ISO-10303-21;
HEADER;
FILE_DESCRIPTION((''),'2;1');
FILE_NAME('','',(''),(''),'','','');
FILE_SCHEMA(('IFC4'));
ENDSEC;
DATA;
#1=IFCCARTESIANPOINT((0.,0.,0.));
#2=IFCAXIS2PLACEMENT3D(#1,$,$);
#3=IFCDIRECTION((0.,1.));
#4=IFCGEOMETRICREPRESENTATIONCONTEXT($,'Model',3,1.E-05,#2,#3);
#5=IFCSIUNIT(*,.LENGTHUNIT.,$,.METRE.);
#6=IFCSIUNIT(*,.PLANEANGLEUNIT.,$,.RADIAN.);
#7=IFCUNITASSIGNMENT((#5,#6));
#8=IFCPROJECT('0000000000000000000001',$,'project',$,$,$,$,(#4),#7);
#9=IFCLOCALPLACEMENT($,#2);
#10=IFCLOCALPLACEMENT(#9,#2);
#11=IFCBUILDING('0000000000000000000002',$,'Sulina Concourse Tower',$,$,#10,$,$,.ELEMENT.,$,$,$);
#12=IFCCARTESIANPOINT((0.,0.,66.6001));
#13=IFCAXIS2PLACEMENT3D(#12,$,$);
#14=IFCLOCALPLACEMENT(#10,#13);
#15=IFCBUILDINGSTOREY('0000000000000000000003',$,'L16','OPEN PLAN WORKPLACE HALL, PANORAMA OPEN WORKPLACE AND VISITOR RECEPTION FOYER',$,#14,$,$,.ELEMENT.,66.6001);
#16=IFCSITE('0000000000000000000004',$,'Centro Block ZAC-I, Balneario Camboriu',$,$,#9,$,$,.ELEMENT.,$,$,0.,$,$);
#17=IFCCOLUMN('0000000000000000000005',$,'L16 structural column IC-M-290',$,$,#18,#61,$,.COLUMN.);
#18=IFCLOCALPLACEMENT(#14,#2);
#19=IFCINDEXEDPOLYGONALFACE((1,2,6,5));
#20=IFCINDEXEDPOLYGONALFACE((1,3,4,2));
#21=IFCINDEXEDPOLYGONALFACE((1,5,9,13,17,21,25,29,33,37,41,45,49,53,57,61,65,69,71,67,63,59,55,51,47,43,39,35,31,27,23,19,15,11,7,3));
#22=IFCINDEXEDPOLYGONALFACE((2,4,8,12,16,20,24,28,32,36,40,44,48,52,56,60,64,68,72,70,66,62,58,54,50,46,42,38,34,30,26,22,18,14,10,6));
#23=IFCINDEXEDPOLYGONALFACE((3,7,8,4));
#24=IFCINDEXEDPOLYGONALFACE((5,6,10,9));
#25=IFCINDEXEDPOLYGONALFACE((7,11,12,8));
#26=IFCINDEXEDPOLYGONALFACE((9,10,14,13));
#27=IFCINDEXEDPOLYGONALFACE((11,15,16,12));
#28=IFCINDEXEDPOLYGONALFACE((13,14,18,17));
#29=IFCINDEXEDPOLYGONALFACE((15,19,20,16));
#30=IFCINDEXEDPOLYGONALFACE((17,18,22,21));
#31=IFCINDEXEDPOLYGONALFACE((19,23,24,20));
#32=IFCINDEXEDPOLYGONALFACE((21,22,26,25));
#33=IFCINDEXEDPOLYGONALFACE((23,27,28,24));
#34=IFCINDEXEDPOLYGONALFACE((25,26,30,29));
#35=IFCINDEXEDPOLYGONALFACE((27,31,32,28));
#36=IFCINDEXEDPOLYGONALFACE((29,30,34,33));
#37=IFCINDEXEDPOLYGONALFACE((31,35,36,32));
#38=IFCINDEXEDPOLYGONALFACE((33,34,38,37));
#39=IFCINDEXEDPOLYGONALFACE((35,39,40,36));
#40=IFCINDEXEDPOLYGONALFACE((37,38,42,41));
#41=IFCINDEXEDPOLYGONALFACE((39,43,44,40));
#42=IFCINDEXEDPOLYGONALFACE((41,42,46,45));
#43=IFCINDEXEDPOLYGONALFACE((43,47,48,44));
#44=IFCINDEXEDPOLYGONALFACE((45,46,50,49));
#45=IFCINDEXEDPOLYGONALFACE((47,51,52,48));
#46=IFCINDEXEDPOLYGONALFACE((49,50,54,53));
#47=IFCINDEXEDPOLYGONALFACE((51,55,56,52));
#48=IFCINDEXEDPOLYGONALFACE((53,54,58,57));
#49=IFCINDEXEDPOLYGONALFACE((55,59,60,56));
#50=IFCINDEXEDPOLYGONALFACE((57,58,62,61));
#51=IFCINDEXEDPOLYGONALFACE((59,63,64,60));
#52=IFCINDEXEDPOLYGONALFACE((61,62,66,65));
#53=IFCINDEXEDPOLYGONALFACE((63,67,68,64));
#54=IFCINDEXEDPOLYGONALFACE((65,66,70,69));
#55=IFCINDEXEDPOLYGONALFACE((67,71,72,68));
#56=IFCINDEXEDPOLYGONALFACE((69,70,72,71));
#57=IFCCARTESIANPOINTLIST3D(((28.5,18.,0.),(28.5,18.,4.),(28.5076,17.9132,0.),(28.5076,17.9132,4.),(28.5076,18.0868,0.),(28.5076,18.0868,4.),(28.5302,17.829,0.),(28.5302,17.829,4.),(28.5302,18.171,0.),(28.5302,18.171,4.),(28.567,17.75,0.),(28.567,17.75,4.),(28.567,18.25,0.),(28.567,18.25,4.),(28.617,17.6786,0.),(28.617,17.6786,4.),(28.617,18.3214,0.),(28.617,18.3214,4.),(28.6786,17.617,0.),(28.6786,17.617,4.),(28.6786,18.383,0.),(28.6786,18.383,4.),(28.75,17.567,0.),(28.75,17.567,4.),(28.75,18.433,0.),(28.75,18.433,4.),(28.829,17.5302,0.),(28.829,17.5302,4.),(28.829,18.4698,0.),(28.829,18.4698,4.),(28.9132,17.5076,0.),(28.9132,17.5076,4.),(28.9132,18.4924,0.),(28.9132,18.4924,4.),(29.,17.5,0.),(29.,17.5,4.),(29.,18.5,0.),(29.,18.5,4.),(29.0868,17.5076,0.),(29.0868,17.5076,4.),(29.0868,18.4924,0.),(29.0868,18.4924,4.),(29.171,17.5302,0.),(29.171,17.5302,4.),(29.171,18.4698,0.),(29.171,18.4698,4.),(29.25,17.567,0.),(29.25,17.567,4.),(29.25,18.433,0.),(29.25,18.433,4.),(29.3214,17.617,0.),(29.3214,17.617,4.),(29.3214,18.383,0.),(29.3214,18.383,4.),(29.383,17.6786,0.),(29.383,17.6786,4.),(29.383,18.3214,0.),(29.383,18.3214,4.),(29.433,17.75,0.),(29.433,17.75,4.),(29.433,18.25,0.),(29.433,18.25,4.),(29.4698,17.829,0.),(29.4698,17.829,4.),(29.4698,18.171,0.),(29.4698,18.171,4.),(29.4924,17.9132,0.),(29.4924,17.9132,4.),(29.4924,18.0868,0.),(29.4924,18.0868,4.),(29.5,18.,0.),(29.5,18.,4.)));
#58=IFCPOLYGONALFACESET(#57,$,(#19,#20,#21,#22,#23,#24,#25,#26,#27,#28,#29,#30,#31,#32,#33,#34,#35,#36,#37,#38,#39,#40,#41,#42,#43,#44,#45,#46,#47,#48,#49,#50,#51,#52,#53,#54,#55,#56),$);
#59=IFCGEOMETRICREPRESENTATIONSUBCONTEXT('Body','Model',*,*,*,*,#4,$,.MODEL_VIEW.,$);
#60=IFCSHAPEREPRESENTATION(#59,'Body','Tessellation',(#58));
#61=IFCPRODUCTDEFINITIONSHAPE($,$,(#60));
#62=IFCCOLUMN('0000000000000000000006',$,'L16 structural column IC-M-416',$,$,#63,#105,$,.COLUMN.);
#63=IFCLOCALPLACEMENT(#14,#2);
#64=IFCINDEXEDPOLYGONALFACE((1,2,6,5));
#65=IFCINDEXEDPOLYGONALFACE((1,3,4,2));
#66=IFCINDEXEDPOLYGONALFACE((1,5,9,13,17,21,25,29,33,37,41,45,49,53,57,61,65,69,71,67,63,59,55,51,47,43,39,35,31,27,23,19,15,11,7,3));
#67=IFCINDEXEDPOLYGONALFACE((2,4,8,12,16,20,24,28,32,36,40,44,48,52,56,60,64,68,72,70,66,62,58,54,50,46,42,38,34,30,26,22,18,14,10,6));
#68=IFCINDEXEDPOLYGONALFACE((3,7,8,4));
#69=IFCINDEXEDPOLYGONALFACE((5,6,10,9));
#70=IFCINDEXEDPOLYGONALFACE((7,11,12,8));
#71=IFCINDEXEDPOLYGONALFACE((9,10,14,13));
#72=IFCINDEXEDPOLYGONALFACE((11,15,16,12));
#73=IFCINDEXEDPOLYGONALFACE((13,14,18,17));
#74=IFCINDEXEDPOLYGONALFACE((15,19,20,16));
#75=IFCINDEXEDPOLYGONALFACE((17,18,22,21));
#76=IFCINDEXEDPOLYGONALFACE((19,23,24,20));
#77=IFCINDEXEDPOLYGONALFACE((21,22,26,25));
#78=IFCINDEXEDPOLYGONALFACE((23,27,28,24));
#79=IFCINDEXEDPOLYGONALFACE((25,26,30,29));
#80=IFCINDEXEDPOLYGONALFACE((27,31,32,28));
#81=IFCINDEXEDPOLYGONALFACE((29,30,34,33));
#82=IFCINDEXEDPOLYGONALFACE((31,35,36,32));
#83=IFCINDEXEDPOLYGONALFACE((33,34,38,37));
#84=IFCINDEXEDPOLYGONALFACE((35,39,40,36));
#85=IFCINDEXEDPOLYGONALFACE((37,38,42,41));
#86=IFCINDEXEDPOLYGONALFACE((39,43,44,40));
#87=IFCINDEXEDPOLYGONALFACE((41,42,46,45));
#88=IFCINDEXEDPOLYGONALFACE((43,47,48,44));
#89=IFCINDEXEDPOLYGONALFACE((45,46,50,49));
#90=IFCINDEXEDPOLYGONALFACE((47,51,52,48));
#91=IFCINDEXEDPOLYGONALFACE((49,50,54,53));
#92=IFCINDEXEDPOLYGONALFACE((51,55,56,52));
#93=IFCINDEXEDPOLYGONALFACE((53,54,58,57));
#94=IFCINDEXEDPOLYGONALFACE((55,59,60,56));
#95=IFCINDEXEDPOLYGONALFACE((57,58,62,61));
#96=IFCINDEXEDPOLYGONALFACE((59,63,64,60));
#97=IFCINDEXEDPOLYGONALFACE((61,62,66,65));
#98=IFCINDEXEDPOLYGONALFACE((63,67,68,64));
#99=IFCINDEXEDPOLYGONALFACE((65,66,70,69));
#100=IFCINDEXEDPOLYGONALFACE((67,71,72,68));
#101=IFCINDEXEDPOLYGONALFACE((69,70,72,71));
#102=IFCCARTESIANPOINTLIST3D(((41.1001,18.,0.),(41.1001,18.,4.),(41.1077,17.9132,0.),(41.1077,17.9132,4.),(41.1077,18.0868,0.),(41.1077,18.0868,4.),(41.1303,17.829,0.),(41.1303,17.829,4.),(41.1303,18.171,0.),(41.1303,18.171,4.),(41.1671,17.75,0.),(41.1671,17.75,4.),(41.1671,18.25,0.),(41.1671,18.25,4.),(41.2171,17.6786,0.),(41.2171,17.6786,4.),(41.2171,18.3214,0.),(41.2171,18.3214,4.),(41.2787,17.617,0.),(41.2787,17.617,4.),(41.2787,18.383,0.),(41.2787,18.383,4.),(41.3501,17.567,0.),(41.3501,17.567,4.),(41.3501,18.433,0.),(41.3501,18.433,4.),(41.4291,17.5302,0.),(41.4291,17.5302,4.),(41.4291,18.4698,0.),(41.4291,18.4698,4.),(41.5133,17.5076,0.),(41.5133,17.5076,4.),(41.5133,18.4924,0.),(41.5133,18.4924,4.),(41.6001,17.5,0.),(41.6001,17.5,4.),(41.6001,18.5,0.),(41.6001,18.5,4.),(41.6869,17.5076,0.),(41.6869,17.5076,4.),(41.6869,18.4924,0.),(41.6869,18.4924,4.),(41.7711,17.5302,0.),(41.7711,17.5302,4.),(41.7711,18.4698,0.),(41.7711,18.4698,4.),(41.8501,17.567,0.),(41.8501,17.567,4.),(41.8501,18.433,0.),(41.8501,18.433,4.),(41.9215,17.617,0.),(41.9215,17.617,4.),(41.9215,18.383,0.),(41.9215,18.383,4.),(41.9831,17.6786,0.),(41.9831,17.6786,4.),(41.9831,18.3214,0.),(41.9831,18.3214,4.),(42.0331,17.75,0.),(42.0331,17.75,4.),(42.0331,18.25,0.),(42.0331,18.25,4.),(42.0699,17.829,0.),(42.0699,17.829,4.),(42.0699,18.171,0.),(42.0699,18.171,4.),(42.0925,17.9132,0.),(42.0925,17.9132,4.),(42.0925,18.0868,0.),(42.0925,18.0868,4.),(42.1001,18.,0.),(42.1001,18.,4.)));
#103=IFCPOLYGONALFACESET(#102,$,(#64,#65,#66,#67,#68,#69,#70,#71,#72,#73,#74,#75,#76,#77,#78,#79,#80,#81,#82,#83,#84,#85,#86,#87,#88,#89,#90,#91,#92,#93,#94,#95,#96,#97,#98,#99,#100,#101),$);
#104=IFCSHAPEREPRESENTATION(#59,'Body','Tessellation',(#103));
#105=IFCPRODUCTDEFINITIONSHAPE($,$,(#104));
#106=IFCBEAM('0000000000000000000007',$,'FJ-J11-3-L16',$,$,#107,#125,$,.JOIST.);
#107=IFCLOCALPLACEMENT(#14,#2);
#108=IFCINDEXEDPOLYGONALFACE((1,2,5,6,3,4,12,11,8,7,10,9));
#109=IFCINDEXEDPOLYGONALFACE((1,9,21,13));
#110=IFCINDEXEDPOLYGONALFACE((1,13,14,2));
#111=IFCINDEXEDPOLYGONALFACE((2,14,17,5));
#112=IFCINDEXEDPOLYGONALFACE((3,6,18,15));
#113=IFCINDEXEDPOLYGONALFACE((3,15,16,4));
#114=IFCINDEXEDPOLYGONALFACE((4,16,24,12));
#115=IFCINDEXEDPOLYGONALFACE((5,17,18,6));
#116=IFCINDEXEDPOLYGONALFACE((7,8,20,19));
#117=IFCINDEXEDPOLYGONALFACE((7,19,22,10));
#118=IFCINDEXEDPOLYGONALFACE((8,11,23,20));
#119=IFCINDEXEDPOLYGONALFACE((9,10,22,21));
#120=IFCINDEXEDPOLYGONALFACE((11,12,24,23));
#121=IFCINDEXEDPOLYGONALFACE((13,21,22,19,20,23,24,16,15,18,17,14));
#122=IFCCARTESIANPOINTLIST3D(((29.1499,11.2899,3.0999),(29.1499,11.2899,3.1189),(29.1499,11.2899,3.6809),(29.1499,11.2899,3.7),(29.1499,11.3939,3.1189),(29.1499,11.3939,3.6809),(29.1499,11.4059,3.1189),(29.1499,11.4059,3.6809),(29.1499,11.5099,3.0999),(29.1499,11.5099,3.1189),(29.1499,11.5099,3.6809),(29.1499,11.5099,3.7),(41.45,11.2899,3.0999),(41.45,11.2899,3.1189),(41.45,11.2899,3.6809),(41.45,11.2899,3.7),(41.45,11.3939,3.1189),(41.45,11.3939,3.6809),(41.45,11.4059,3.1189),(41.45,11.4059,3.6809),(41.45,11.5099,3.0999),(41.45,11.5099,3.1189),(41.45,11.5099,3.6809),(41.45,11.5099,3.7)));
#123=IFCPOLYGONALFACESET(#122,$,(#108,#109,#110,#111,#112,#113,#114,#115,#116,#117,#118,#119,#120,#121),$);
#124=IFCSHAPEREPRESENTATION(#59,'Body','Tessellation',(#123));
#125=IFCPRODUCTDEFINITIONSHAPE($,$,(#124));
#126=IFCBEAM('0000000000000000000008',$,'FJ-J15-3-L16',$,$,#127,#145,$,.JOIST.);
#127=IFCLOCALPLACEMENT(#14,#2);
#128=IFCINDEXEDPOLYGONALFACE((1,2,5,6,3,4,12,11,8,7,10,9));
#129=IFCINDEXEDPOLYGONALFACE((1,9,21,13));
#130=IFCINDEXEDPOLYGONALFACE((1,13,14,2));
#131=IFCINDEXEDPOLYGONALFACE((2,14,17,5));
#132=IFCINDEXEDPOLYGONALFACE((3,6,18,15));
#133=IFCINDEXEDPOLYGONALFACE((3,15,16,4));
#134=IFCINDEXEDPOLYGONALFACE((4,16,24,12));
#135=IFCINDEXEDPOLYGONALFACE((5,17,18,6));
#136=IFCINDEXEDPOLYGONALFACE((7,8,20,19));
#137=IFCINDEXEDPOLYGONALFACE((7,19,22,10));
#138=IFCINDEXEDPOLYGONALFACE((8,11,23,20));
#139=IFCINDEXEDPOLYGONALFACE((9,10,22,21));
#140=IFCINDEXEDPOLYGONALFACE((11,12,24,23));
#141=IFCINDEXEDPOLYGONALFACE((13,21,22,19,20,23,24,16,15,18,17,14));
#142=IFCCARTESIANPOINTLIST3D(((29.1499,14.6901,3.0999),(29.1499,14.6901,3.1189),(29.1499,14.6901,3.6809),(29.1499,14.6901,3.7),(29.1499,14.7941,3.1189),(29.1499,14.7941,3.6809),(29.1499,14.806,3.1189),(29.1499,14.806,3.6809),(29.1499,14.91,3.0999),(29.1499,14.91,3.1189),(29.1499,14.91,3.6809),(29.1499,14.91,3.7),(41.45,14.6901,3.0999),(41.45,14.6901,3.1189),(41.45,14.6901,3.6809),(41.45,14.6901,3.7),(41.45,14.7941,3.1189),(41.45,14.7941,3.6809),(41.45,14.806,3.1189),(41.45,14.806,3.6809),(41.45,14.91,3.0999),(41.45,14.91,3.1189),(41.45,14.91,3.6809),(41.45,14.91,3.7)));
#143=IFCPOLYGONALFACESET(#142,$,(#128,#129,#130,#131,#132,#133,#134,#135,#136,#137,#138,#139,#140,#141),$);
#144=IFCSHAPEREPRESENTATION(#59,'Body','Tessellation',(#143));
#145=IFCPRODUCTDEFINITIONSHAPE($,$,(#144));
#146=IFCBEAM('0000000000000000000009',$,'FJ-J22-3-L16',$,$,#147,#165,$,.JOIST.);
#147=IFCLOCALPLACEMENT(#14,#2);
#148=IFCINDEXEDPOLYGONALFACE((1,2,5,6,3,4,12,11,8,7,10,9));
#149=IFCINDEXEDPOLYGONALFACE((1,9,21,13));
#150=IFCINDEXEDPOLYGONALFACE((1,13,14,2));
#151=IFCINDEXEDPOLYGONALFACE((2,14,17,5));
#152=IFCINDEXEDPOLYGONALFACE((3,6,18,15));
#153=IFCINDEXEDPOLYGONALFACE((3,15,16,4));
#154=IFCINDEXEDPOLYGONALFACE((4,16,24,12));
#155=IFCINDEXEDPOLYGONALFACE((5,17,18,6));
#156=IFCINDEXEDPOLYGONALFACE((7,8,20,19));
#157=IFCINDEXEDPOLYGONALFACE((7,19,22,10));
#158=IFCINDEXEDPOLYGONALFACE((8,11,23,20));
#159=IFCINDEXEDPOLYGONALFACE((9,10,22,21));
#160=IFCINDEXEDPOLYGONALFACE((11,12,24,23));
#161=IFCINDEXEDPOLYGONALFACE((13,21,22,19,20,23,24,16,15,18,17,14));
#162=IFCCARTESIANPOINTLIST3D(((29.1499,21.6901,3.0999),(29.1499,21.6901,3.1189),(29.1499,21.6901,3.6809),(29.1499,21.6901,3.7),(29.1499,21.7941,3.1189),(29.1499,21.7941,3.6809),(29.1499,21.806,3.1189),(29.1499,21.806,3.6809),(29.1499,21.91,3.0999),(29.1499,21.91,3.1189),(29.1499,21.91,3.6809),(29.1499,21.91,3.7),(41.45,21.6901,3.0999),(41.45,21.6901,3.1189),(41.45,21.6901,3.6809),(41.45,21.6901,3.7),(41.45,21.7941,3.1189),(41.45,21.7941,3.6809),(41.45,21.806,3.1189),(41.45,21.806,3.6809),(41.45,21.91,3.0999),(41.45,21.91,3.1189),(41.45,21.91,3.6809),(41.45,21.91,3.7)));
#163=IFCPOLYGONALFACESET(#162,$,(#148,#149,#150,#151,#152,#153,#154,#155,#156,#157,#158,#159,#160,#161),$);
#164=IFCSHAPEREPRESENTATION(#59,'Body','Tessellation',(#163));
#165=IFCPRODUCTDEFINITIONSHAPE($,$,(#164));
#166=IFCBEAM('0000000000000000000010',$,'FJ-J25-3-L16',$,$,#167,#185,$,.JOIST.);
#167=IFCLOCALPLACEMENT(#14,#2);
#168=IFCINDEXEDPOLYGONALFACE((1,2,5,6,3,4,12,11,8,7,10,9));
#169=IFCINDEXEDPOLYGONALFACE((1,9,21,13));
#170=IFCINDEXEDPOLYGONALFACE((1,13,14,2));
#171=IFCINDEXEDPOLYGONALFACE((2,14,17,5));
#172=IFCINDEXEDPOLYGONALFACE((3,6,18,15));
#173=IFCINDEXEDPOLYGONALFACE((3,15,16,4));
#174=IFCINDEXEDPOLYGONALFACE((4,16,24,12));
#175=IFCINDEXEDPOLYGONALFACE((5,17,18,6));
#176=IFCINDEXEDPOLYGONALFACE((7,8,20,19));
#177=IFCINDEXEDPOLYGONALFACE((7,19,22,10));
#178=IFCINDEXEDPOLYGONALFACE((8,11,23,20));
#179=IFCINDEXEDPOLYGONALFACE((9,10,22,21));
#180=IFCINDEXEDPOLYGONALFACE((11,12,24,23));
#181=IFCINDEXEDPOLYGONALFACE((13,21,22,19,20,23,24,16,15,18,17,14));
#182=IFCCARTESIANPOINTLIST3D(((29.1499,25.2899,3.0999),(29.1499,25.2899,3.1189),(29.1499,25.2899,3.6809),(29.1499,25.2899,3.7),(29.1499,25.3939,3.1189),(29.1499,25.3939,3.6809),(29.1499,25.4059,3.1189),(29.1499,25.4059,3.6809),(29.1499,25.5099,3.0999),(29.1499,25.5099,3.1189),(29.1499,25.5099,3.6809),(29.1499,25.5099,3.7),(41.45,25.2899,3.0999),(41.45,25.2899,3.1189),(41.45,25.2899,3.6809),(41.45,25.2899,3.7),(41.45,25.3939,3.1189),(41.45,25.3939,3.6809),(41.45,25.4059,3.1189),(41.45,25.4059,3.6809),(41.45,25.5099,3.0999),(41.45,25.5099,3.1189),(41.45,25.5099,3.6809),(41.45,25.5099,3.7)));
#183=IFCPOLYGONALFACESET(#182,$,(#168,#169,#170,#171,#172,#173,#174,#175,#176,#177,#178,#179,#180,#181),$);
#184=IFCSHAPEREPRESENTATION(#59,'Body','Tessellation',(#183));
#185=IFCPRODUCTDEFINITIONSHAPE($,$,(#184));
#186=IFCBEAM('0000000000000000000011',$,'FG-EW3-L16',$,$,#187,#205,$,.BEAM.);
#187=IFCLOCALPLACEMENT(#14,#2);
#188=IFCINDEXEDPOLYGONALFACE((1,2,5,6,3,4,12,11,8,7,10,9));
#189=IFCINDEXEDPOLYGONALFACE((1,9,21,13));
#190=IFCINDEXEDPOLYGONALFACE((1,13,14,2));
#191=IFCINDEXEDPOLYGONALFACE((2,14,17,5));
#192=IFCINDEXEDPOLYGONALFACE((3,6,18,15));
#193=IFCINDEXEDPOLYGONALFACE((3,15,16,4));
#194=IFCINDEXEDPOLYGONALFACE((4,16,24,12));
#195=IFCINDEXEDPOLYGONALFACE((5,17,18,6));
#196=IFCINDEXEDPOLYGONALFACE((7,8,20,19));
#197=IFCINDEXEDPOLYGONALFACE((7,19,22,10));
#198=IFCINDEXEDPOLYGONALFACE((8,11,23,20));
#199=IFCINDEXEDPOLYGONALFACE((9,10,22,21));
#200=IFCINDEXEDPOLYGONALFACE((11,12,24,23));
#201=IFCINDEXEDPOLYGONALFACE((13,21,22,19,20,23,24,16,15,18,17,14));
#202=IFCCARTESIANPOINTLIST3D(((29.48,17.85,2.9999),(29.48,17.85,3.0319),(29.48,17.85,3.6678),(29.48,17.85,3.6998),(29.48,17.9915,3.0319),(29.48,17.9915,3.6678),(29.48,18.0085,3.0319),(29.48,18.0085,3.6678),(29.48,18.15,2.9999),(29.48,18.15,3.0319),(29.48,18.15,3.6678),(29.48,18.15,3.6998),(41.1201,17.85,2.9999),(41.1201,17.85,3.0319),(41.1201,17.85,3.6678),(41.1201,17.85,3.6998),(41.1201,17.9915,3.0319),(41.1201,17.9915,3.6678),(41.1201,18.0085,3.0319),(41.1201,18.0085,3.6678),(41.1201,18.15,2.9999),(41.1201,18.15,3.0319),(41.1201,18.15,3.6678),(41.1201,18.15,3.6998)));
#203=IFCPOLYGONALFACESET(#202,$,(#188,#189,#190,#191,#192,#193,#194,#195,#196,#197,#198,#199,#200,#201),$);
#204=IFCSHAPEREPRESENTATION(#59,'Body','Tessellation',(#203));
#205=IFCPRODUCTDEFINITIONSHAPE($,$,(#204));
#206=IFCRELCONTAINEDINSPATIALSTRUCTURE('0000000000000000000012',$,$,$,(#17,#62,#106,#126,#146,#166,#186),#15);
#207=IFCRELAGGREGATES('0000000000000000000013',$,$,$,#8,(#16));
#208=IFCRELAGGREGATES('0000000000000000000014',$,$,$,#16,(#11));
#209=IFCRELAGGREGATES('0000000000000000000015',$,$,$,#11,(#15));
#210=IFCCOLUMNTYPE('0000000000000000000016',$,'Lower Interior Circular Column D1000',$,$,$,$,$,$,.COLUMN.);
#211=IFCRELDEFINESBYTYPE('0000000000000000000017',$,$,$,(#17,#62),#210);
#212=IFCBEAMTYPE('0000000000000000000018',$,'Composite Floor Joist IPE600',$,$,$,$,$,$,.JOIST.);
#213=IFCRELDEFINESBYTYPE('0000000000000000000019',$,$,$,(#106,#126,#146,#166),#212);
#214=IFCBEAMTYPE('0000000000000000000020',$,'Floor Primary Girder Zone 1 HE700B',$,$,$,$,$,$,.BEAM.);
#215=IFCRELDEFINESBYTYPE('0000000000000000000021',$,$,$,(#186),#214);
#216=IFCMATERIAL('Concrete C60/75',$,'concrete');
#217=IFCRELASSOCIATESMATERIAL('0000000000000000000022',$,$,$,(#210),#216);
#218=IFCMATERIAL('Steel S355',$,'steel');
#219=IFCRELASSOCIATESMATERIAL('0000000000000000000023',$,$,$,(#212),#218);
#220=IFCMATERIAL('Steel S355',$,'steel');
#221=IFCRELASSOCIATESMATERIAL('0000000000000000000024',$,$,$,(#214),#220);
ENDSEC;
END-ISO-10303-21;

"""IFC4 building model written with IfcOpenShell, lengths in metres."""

from ifc_helpers import new_model, si_unit, direction, frame, origin, origin_2d, place, context, subcontext, project, spatial, circle, i_section, extrude, material, material_profile, profile_set, type_object, element, save


model = new_model("IFC4")

# Units and contexts
model_context = context("Model", 3, precision=1e-05, world=origin(), true_north=direction((0.0, 1.0)))
body_context = subcontext(model_context, "Body", "Model", "MODEL_VIEW")
ifc_project = project(units=[si_unit("LENGTHUNIT", "METRE"), si_unit("PLANEANGLEUNIT", "RADIAN")], contexts=[model_context])

# Site, building, storey
site_placement = place(None, origin())
site = spatial("IfcSite", under=ifc_project, at=site_placement, Name="Centro Block ZAC-I, Balneario Camboriu", CompositionType="ELEMENT", RefElevation=0.0)
building_placement = place(site_placement, origin())
building = spatial("IfcBuilding", under=site, at=building_placement, Name="Sulina Concourse Tower", CompositionType="ELEMENT")
storey_placement = place(building_placement, frame((0.0, 0.0, 66.6001)))
storey = spatial("IfcBuildingStorey", under=building, at=storey_placement, Name="L16", Description="OPEN PLAN WORKPLACE HALL, PANORAMA OPEN WORKPLACE AND VISITOR RECEPTION FOYER", CompositionType="ELEMENT", Elevation=66.6001)

# Columns
ifc_material_1 = material(Name="Concrete C60/75", Category="concrete")
ifc_material_profile_1 = material_profile(ifc_material_1, circle(Radius=0.5, at=origin_2d()), Name="RC D1000")
ifc_profile_set_1 = profile_set([ifc_material_profile_1], Name="Concrete C60/75")
column_type = type_object("IfcColumnType", Name="Lower Interior Circular Column D1000", PredefinedType="COLUMN", material=ifc_profile_set_1)
for number, where, z_axis, x_axis, name in (
    (1, (29.0, 18.0, 0.0), (0.0, 0.0, 1.0), (1.0, 0.0, 0.0), "L16 structural column IC-M-290"),
    (2, (41.6001, 18.0, 0.0), (0.0, 0.0, 1.0), (1.0, 0.0, 0.0), "L16 structural column IC-M-416"),
):
    element("IfcColumn", number, at=place(storey_placement, frame(where, z_axis=z_axis, x_axis=x_axis)), inside=storey, type_object=column_type, Name=name, PredefinedType="COLUMN", context=body_context, shape_type="SweptSolid", body=[
        extrude(circle(Radius=0.5, at=origin_2d()), origin(), (0.0, 0.0, 1.0), 4.0),
    ])

# Beams
ifc_material_2 = material(Name="Steel S355", Category="steel")
ifc_material_profile_2 = material_profile(ifc_material_2, i_section(OverallWidth=0.22, OverallDepth=0.6001, WebThickness=0.012, FlangeThickness=0.019, at=origin_2d()), Name="IPE 600")
ifc_profile_set_2 = profile_set([ifc_material_profile_2], Name="Steel S355")
beam_type_1 = type_object("IfcBeamType", Name="Composite Floor Joist IPE600", PredefinedType="JOIST", material=ifc_profile_set_2)
for number, where, z_axis, x_axis, name in (
    (3, (29.1499, 11.3999, 3.3999), (1.0, 0.0, 0.0), (0.0, 1.0, 0.0), "FJ-J11-3-L16"),
    (4, (29.1499, 14.8, 3.3999), (1.0, 0.0, 0.0), (0.0, 1.0, 0.0), "FJ-J15-3-L16"),
    (5, (29.1499, 21.8, 3.3999), (1.0, 0.0, 0.0), (0.0, 1.0, 0.0), "FJ-J22-3-L16"),
    (6, (29.1499, 25.3999, 3.3999), (1.0, 0.0, 0.0), (0.0, 1.0, 0.0), "FJ-J25-3-L16"),
):
    element("IfcBeam", number, at=place(storey_placement, frame(where, z_axis=z_axis, x_axis=x_axis)), inside=storey, type_object=beam_type_1, Name=name, PredefinedType="JOIST", context=body_context, shape_type="SweptSolid", body=[
        extrude(i_section(OverallWidth=0.22, OverallDepth=0.6001, WebThickness=0.012, FlangeThickness=0.019, at=origin_2d()), origin(), (0.0, 0.0, 1.0), 12.3),
    ])
ifc_material_3 = material(Name="Steel S355", Category="steel")
ifc_material_profile_3 = material_profile(ifc_material_3, i_section(OverallWidth=0.3, OverallDepth=0.7, WebThickness=0.0171, FlangeThickness=0.032, at=origin_2d()), Name="HE 700 B")
ifc_profile_set_3 = profile_set([ifc_material_profile_3], Name="Steel S355")
beam_type_2 = type_object("IfcBeamType", Name="Floor Primary Girder Zone 1 HE700B", PredefinedType="BEAM", material=ifc_profile_set_3)
beam_placement = place(storey_placement, frame((29.48, 18.0, 3.3499), z_axis=(1.0, 0.0, 0.0), x_axis=(0.0, 1.0, 0.0)))
element("IfcBeam", 7, at=beam_placement, inside=storey, type_object=beam_type_2, Name="FG-EW3-L16", PredefinedType="BEAM", context=body_context, shape_type="SweptSolid", body=[
    extrude(i_section(OverallWidth=0.3, OverallDepth=0.7, WebThickness=0.0171, FlangeThickness=0.032, at=origin_2d()), origin(), (0.0, 0.0, 1.0), 11.6401),
])

save(model, "model.ifc")
